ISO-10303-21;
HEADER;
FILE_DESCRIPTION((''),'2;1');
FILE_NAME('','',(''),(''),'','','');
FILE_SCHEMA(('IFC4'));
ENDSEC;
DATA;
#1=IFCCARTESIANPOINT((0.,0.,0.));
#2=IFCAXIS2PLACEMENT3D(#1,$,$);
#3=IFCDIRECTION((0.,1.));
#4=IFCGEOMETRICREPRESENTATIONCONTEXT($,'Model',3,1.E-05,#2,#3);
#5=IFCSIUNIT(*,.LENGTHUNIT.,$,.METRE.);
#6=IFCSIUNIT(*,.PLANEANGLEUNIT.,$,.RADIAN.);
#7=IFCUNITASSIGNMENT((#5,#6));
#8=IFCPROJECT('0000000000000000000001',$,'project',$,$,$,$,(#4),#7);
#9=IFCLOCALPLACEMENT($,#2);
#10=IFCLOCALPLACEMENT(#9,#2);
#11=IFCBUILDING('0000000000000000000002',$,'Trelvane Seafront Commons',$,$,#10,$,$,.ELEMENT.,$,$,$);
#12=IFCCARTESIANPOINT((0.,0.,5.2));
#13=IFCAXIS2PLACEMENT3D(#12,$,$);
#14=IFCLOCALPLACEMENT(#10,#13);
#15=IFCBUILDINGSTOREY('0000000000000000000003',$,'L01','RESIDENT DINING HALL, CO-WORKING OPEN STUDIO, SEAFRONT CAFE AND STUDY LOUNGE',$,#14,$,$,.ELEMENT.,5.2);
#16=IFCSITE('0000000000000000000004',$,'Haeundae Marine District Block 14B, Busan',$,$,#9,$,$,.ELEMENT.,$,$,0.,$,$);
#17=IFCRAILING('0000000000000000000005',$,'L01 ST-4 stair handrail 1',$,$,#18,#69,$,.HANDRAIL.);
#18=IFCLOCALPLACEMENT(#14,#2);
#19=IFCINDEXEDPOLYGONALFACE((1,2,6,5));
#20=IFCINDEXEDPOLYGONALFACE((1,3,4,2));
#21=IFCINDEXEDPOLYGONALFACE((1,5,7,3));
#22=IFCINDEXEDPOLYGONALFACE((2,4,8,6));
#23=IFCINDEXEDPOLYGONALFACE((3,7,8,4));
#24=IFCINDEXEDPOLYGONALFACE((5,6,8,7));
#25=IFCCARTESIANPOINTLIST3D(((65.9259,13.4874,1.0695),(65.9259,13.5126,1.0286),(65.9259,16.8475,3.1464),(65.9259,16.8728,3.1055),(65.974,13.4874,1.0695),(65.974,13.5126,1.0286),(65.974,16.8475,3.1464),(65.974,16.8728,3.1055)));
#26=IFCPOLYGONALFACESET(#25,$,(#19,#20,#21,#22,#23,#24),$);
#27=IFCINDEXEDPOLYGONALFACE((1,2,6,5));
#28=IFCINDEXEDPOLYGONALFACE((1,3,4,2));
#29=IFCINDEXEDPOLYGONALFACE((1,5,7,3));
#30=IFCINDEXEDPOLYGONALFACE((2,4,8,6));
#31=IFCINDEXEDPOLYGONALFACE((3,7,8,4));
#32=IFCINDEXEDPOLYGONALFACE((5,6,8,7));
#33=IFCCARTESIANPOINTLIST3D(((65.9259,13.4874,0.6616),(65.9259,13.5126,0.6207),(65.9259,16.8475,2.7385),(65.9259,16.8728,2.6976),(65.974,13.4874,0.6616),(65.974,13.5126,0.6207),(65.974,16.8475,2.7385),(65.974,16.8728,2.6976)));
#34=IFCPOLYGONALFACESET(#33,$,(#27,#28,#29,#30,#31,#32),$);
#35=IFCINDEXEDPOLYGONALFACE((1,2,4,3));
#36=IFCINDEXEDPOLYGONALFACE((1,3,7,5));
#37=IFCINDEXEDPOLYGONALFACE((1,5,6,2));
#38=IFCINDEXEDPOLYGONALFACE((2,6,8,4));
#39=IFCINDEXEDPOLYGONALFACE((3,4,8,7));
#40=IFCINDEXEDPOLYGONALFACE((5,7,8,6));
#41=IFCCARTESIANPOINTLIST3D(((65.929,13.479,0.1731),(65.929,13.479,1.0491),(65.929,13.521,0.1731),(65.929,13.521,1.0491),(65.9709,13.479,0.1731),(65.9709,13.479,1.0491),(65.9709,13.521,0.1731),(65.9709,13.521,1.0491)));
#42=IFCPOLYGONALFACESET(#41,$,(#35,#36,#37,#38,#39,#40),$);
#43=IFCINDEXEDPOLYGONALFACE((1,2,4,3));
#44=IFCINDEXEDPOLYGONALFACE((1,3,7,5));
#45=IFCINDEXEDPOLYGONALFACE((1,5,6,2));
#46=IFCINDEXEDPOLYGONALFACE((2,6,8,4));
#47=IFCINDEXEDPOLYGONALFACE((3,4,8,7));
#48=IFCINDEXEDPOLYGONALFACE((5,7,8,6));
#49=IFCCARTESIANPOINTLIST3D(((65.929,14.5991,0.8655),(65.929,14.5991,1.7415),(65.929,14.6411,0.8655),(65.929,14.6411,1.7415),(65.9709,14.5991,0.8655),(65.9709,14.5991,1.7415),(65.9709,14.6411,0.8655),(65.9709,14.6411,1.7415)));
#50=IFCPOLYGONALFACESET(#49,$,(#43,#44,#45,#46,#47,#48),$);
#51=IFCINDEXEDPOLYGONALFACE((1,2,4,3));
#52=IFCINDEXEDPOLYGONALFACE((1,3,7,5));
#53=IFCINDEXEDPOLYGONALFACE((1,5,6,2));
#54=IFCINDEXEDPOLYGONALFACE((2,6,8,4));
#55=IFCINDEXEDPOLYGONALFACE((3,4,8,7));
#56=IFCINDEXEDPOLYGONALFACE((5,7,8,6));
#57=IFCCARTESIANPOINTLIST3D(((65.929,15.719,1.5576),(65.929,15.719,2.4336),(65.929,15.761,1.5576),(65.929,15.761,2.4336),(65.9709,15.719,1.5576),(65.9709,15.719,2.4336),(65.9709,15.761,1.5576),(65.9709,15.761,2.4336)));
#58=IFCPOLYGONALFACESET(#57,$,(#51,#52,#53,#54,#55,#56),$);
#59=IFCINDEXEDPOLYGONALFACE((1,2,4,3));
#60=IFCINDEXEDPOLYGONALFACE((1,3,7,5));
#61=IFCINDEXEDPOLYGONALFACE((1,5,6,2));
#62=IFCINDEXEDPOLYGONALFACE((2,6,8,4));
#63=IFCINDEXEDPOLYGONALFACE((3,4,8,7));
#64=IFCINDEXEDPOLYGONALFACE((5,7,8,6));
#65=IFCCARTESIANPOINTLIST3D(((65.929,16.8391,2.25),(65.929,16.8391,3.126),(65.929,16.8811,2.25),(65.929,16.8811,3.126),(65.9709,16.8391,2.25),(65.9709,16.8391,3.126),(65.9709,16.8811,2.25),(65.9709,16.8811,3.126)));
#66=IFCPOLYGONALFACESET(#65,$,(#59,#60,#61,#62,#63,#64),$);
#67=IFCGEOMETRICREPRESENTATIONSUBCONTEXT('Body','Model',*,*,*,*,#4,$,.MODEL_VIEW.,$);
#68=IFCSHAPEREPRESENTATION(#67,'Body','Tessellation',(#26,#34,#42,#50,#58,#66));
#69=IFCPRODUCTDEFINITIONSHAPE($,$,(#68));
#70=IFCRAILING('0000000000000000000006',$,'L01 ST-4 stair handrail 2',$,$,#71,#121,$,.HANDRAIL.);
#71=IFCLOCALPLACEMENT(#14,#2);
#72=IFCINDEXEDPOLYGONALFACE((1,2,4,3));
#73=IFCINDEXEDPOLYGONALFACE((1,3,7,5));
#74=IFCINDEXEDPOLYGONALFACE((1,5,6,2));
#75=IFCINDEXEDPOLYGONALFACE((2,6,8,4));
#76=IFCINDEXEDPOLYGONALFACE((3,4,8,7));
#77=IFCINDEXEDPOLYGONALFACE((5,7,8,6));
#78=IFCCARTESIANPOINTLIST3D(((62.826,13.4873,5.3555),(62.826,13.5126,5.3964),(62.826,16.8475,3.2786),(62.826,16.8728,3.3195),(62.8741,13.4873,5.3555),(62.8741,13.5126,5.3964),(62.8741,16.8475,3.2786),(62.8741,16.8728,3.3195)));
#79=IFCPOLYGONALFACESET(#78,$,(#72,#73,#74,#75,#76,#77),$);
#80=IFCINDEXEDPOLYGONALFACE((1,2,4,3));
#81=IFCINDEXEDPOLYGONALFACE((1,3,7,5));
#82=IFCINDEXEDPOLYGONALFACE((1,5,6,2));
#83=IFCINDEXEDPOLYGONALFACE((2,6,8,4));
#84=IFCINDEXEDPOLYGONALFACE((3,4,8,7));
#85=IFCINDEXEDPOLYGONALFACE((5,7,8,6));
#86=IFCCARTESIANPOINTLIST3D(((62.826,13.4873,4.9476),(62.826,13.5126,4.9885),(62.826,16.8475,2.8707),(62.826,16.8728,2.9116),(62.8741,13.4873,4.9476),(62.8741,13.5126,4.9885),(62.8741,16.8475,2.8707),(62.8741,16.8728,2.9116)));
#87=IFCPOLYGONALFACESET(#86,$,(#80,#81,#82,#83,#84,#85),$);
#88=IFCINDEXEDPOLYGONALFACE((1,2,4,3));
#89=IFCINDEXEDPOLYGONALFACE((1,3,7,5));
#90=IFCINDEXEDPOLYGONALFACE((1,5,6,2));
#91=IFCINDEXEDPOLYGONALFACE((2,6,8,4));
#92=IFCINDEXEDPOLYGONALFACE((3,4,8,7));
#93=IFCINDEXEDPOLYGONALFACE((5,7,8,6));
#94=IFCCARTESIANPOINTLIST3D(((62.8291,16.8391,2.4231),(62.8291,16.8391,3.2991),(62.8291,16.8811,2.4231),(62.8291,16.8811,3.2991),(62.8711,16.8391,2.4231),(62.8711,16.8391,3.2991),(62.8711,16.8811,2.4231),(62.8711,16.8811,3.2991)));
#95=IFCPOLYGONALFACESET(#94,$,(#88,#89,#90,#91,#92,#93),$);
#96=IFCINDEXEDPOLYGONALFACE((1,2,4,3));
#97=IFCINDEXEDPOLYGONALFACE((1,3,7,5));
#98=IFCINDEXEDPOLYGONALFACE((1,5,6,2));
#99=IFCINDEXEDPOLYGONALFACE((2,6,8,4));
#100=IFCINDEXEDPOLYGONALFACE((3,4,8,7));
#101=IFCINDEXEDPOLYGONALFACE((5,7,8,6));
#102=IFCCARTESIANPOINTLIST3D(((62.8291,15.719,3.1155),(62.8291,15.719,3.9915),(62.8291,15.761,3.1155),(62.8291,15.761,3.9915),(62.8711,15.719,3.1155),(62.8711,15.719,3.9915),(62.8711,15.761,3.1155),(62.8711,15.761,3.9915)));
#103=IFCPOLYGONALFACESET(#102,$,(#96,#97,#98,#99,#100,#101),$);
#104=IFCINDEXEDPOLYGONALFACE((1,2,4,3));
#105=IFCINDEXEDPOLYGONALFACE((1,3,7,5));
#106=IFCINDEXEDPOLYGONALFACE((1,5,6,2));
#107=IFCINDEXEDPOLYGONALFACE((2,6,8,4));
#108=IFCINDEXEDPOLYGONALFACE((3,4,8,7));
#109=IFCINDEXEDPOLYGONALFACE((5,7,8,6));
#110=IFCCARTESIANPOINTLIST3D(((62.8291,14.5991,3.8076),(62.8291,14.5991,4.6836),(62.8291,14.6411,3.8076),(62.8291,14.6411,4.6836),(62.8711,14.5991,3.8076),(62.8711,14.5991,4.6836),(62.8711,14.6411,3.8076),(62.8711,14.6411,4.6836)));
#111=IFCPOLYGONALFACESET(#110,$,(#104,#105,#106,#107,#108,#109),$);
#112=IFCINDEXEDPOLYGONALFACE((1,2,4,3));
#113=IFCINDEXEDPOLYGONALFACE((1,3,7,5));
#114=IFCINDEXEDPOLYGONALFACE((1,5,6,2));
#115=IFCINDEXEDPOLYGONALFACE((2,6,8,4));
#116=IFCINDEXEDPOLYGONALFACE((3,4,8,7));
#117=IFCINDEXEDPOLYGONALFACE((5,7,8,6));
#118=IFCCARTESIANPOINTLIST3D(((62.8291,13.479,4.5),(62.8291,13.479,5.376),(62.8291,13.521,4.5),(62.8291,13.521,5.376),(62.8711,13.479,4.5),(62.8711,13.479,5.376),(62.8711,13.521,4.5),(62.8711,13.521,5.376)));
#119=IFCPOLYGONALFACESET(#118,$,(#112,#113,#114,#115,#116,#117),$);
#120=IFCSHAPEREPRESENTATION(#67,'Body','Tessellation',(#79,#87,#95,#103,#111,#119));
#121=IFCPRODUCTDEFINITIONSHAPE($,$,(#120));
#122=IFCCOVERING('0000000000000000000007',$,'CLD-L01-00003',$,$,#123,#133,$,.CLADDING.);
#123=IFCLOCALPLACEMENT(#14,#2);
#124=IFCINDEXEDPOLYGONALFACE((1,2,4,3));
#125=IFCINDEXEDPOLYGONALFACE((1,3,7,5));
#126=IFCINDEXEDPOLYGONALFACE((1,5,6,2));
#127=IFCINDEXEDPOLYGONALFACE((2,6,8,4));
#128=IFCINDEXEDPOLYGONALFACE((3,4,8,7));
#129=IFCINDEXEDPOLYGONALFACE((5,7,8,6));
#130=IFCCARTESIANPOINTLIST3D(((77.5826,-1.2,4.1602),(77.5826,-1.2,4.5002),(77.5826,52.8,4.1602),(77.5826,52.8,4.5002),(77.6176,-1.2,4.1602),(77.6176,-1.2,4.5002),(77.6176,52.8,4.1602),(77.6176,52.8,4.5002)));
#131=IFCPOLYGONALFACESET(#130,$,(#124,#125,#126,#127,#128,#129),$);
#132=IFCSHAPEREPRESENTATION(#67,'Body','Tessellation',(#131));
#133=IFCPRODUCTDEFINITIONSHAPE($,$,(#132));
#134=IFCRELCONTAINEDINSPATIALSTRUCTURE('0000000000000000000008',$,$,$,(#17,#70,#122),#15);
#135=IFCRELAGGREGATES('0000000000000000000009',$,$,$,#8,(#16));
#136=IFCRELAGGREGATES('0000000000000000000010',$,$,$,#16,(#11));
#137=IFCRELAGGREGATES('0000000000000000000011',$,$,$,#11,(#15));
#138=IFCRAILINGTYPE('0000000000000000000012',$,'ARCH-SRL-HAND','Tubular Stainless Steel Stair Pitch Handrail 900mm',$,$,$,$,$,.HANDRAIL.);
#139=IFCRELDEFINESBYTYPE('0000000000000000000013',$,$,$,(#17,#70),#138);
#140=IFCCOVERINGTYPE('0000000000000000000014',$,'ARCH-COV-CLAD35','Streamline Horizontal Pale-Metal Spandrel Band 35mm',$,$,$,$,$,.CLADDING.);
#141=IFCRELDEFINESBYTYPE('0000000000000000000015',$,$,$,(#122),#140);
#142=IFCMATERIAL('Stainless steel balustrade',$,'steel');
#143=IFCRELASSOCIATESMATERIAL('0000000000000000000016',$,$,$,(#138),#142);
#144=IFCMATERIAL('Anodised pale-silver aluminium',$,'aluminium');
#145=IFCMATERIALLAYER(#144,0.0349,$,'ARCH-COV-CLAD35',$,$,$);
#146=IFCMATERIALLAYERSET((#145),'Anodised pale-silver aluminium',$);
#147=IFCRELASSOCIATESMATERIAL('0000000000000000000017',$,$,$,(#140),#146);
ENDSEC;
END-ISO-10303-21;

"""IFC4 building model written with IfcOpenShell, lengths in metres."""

from ifc_helpers import new_model, si_unit, direction, frame, origin, origin_2d, place, context, subcontext, project, spatial, rectangle, extrude, source, transform, mapped, material, layer, layer_set, type_object, element, save


model = new_model("IFC4")

# Units and contexts
model_context = context("Model", 3, precision=1e-05, world=origin(), true_north=direction((0.0, 1.0)))
body_context = subcontext(model_context, "Body", "Model", "MODEL_VIEW")
ifc_project = project(units=[si_unit("LENGTHUNIT", "METRE"), si_unit("PLANEANGLEUNIT", "RADIAN")], contexts=[model_context])

# Site, building, storey
site_placement = place(None, origin())
site = spatial("IfcSite", under=ifc_project, at=site_placement, Name="Haeundae Marine District Block 14B, Busan", CompositionType="ELEMENT", RefElevation=0.0)
building_placement = place(site_placement, origin())
building = spatial("IfcBuilding", under=site, at=building_placement, Name="Trelvane Seafront Commons", CompositionType="ELEMENT")
storey_placement = place(building_placement, frame((0.0, 0.0, 5.2)))
storey = spatial("IfcBuildingStorey", under=building, at=storey_placement, Name="L01", Description="RESIDENT DINING HALL, CO-WORKING OPEN STUDIO, SEAFRONT CAFE AND STUDY LOUNGE", CompositionType="ELEMENT", Elevation=5.2)

# Shared definitions
ifc_material_1 = material(Name="Anodised pale-silver aluminium", Category="aluminium")

# Railings
ifc_material_2 = material(Name="Stainless steel balustrade", Category="steel")
railing_type_1 = type_object("IfcRailingType", Name="ARCH-SRL-HAND", Description="Tubular Stainless Steel Stair Pitch Handrail 900mm", PredefinedType="HANDRAIL", material=ifc_material_2)
railing_1_placement = place(storey_placement, frame((65.95, 13.5, 0.1731)))
element("IfcRailing", 1, at=railing_1_placement, inside=storey, type_object=railing_type_1, Name="L01 ST-4 stair handrail 1", PredefinedType="HANDRAIL", context=body_context, shape_type="SweptSolid", body=[
    extrude(rectangle(XDim=0.0481, YDim=0.0481, at=origin_2d()), frame((0.0, 0.0, 0.876), z_axis=(0.0, 0.850623, 0.525776), x_axis=(-1.0, 0.0, 0.0)), (0.0, 0.0, 1.0), 3.9502),
    extrude(rectangle(XDim=0.0481, YDim=0.0481, at=origin_2d()), frame((0.0, 0.0, 0.468), z_axis=(0.0, 0.850623, 0.525776), x_axis=(-1.0, 0.0, 0.0)), (0.0, 0.0, 1.0), 3.9502),
    extrude(rectangle(XDim=0.042, YDim=0.042, at=origin_2d()), origin(), (0.0, 0.0, 1.0), 0.876),
    extrude(rectangle(XDim=0.042, YDim=0.042, at=origin_2d()), frame((0.0, 1.1201, 0.6924)), (0.0, 0.0, 1.0), 0.876),
    extrude(rectangle(XDim=0.042, YDim=0.042, at=origin_2d()), frame((0.0, 2.24, 1.3845)), (0.0, 0.0, 1.0), 0.876),
    extrude(rectangle(XDim=0.042, YDim=0.042, at=origin_2d()), frame((0.0, 3.3601, 2.0769)), (0.0, 0.0, 1.0), 0.876),
])
railing_2_placement = place(storey_placement, frame((62.8501, 16.8601, 2.4231)))
element("IfcRailing", 2, at=railing_2_placement, inside=storey, type_object=railing_type_1, Name="L01 ST-4 stair handrail 2", PredefinedType="HANDRAIL", context=body_context, shape_type="SweptSolid", body=[
    extrude(rectangle(XDim=0.0481, YDim=0.0481, at=origin_2d()), frame((0.0, 0.0, 0.876), z_axis=(0.0, -0.850623, 0.525776), x_axis=(1.0, 0.0, 0.0)), (0.0, 0.0, 1.0), 3.9502),
    extrude(rectangle(XDim=0.0481, YDim=0.0481, at=origin_2d()), frame((0.0, 0.0, 0.468), z_axis=(0.0, -0.850623, 0.525776), x_axis=(1.0, 0.0, 0.0)), (0.0, 0.0, 1.0), 3.9502),
    extrude(rectangle(XDim=0.042, YDim=0.042, at=origin_2d()), origin(), (0.0, 0.0, 1.0), 0.876),
    extrude(rectangle(XDim=0.042, YDim=0.042, at=origin_2d()), frame((0.0, -1.1201, 0.6924)), (0.0, 0.0, 1.0), 0.876),
    extrude(rectangle(XDim=0.042, YDim=0.042, at=origin_2d()), frame((0.0, -2.24, 1.3845)), (0.0, 0.0, 1.0), 0.876),
    extrude(rectangle(XDim=0.042, YDim=0.042, at=origin_2d()), frame((0.0, -3.3601, 2.0769)), (0.0, 0.0, 1.0), 0.876),
])

# Covering
ifc_layer_1 = layer(ifc_material_1, 0.0349, Name="ARCH-COV-CLAD35")
ifc_layer_set_1 = layer_set([ifc_layer_1], Name="Anodised pale-silver aluminium")
covering_type = type_object("IfcCoveringType", Name="ARCH-COV-CLAD35", Description="Streamline Horizontal Pale-Metal Spandrel Band 35mm", PredefinedType="CLADDING", material=ifc_layer_set_1)
shared_shape_1 = source(origin(), body_context, "Body", "SweptSolid", [
    extrude(rectangle(XDim=54.0, YDim=0.0349, at=origin_2d()), origin(), (0.0, 0.0, 1.0), 0.3401),
])
covering_placement = place(storey_placement, frame((77.6001, 25.8, 4.1602), z_axis=(0.0, 0.0, 1.0), x_axis=(0.0, -1.0, 0.0)))
element("IfcCovering", 3, at=covering_placement, inside=storey, type_object=covering_type, Name="CLD-L01-00003", PredefinedType="CLADDING", context=body_context, shape_type="MappedRepresentation", body=[
    mapped(shared_shape_1, transform((0.0, 0.0, 0.0), x_axis=(1.0, 0.0, 0.0), y_axis=(0.0, 1.0, 0.0), z_axis=(0.0, 0.0, 1.0), scale=1.0)),
])

save(model, "model.ifc")
